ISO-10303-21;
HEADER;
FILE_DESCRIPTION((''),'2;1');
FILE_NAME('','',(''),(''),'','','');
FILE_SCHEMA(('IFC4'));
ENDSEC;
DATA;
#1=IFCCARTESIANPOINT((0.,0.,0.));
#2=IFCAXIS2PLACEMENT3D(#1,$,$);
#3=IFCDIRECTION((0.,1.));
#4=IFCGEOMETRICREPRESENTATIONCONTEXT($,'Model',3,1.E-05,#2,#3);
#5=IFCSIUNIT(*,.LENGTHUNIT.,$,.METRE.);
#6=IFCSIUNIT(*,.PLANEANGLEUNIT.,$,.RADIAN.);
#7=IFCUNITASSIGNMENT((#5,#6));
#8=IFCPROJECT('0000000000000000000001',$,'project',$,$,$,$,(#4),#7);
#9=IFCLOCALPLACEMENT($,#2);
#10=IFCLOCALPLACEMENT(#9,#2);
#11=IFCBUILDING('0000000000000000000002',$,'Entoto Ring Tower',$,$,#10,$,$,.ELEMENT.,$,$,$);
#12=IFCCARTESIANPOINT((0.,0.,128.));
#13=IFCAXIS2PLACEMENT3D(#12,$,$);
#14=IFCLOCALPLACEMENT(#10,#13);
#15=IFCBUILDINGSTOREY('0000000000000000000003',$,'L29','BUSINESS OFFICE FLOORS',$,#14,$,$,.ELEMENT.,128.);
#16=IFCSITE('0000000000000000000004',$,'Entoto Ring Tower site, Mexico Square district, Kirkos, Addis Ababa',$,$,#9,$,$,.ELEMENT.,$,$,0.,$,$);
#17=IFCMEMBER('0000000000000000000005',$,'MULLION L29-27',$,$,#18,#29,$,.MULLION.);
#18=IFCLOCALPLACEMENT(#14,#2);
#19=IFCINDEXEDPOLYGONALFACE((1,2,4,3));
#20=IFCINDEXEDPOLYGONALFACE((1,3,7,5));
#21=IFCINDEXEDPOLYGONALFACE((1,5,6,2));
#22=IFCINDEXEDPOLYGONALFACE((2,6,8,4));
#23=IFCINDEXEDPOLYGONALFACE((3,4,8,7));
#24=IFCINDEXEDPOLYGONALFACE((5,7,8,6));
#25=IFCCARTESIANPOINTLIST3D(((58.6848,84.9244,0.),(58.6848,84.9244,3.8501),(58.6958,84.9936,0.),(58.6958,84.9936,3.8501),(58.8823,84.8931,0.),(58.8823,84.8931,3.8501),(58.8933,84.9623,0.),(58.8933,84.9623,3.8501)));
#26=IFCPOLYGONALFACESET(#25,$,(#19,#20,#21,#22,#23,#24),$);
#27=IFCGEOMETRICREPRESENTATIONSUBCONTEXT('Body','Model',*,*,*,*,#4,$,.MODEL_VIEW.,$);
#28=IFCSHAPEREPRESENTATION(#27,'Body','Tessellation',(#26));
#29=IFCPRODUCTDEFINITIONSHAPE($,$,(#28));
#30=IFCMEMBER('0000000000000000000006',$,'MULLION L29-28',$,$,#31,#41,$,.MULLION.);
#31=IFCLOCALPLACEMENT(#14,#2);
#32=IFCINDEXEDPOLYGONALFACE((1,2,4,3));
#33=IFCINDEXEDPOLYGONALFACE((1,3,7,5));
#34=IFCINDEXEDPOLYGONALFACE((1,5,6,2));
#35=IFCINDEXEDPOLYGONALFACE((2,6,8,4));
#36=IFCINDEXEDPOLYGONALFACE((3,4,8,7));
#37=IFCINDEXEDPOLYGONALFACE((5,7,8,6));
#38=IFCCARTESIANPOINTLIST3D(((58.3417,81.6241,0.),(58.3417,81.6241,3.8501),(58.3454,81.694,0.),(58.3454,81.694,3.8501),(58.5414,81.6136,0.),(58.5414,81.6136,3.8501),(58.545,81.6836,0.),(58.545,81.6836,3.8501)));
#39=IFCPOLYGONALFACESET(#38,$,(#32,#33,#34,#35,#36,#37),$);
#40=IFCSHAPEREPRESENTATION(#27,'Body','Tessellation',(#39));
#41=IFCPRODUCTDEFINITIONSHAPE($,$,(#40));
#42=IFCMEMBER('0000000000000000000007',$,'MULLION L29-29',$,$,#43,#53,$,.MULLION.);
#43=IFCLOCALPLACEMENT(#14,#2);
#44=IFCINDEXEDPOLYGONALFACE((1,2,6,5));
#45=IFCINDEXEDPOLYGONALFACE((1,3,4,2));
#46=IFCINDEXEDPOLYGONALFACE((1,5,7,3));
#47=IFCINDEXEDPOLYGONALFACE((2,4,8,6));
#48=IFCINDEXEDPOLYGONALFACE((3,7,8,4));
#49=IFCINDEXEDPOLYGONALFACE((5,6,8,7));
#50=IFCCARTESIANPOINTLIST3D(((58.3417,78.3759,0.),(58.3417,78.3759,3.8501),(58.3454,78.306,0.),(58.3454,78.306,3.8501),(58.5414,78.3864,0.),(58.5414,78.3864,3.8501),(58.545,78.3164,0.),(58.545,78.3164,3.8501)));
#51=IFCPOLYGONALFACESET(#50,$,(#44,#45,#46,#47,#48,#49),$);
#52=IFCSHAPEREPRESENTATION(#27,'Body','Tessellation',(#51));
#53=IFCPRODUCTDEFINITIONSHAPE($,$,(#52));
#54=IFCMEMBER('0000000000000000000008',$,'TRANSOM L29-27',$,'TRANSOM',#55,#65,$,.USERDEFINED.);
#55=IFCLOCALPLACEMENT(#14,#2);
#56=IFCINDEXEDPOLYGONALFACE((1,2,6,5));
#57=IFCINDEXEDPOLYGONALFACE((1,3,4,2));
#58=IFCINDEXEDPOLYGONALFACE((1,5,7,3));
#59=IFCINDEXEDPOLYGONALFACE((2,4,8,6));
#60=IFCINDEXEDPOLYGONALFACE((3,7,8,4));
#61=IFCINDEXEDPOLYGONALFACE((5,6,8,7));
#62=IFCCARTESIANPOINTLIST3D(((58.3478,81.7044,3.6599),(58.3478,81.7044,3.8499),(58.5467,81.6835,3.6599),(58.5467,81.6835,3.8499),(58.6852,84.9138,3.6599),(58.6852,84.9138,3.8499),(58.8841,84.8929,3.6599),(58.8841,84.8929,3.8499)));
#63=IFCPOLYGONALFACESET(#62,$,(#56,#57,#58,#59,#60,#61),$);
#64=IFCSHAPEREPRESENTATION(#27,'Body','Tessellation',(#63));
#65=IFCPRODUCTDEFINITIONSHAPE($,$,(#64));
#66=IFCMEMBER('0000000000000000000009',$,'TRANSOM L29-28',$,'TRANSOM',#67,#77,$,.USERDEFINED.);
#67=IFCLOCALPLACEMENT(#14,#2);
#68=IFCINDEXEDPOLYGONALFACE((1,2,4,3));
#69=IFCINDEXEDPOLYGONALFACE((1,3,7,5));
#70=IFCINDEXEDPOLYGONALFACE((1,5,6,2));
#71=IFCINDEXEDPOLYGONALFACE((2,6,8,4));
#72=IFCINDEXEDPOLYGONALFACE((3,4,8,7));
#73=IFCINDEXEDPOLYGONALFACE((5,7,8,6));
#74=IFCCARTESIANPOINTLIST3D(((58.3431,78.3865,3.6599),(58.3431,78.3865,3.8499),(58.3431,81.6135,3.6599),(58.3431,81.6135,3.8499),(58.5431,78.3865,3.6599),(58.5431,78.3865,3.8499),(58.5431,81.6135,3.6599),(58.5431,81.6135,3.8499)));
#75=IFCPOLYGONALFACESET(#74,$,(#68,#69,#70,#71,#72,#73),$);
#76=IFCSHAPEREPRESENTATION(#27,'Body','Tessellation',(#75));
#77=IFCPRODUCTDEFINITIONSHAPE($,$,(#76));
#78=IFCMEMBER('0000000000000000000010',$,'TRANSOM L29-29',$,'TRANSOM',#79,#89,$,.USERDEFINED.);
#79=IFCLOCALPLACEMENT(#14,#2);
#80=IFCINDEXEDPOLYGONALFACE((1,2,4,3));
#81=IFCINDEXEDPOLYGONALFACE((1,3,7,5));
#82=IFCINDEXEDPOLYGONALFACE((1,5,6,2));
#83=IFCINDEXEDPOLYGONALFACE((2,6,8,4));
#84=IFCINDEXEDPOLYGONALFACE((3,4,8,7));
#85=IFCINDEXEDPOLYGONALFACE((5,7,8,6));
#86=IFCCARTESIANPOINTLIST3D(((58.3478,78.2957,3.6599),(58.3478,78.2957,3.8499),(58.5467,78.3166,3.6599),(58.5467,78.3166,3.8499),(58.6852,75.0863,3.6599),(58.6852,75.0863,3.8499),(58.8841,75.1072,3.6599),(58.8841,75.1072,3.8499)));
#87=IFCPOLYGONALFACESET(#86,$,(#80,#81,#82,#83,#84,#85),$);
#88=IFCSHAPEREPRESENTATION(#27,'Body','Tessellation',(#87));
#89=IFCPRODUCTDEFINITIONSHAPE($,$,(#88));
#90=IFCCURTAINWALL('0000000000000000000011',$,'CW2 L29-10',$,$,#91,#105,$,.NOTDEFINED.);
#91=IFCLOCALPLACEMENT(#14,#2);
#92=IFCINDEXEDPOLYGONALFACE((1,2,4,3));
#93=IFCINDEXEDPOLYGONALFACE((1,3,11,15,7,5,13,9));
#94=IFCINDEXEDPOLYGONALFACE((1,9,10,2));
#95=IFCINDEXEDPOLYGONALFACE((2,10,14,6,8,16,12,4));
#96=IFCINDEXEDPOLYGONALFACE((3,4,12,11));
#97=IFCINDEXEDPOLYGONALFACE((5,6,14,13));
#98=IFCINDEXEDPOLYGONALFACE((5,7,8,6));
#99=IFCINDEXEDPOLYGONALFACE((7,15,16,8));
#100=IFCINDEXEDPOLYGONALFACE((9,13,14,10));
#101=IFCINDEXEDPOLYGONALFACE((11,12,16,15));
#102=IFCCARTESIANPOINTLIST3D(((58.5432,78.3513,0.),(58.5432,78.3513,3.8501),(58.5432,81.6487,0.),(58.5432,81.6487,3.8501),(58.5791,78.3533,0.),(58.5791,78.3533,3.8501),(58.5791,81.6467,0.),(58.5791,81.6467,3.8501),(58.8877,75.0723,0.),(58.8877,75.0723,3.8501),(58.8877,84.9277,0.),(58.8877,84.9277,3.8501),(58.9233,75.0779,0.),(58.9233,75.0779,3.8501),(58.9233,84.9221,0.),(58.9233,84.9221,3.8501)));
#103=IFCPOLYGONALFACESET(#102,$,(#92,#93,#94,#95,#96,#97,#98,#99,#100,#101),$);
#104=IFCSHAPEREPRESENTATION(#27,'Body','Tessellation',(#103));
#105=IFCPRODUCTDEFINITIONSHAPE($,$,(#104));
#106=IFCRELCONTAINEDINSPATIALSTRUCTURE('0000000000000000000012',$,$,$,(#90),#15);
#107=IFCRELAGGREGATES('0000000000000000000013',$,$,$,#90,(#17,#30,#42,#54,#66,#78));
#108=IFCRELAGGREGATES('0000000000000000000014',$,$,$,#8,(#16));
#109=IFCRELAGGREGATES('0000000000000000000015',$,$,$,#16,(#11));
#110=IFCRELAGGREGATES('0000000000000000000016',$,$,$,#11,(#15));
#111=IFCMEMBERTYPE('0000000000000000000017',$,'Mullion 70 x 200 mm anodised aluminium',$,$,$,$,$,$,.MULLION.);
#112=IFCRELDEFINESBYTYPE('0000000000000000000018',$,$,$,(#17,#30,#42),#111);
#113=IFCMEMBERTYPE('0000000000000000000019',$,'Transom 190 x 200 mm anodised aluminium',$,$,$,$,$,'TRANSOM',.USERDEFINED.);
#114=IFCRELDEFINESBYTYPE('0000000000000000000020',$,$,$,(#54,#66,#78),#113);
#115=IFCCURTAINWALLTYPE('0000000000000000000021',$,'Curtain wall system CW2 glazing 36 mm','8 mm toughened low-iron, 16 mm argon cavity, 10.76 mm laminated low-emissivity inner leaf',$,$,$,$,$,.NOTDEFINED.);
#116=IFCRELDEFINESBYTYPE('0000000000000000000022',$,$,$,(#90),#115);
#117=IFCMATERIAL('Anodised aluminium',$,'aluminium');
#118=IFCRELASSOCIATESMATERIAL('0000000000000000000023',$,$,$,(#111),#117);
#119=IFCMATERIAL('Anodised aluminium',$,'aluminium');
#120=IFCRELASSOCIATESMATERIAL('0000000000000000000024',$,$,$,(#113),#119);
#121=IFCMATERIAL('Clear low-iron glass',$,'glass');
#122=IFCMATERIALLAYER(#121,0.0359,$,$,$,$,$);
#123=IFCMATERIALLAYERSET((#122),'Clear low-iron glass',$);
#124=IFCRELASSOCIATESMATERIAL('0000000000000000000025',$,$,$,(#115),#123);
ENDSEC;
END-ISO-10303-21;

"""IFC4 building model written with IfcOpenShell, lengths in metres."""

from ifc_helpers import new_model, si_unit, direction, frame, origin, origin_2d, place, context, subcontext, project, spatial, polyline, rectangle, outline, extrude, material, layer, layer_set, material_profile, profile_set, type_object, element, aggregate, save


model = new_model("IFC4")

# Units and contexts
model_context = context("Model", 3, precision=1e-05, world=origin(), true_north=direction((0.0, 1.0)))
body_context = subcontext(model_context, "Body", "Model", "MODEL_VIEW")
ifc_project = project(units=[si_unit("LENGTHUNIT", "METRE"), si_unit("PLANEANGLEUNIT", "RADIAN")], contexts=[model_context])

# Members
ifc_material_1 = material(Name="Anodised aluminium", Category="aluminium")
ifc_material_profile_1 = material_profile(ifc_material_1, rectangle(XDim=0.0701, YDim=0.2, at=origin_2d()), Name="Mullion 70 x 200 mm anodised aluminium")
ifc_profile_set_1 = profile_set([ifc_material_profile_1], Name="Anodised aluminium")
member_type_1 = type_object("IfcMemberType", Name="Mullion 70 x 200 mm anodised aluminium", PredefinedType="MULLION", material=ifc_profile_set_1)
site_placement = place(None, origin())
building_placement = place(site_placement, origin())
storey_placement = place(building_placement, frame((0.0, 0.0, 128.0)))
member_1_placement = place(storey_placement, frame((58.7891, 84.9434, 0.0), z_axis=(0.0, 0.0, 1.0), x_axis=(-0.156434, -0.987688, 0.0)))
member_1 = element("IfcMember", 1, at=member_1_placement, type_object=member_type_1, Name="MULLION L29-27", PredefinedType="MULLION", context=body_context, shape_type="SweptSolid", body=[
    extrude(rectangle(XDim=0.0701, YDim=0.2, at=origin_2d()), origin(), (0.0, 0.0, 1.0), 3.8501),
])
member_2_placement = place(storey_placement, frame((58.4434, 81.6538, 0.0), z_axis=(0.0, 0.0, 1.0), x_axis=(-0.052336, -0.99863, 0.0)))
member_2 = element("IfcMember", 2, at=member_2_placement, type_object=member_type_1, Name="MULLION L29-28", PredefinedType="MULLION", context=body_context, shape_type="SweptSolid", body=[
    extrude(rectangle(XDim=0.0701, YDim=0.2, at=origin_2d()), origin(), (0.0, 0.0, 1.0), 3.8501),
])
member_3_placement = place(storey_placement, frame((58.4434, 78.3462, 0.0), z_axis=(0.0, 0.0, 1.0), x_axis=(0.052336, -0.99863, 0.0)))
member_3 = element("IfcMember", 3, at=member_3_placement, type_object=member_type_1, Name="MULLION L29-29", PredefinedType="MULLION", context=body_context, shape_type="SweptSolid", body=[
    extrude(rectangle(XDim=0.0701, YDim=0.2, at=origin_2d()), origin(), (0.0, 0.0, 1.0), 3.8501),
])
ifc_material_2 = material(Name="Anodised aluminium", Category="aluminium")
ifc_material_profile_2 = material_profile(ifc_material_2, rectangle(XDim=0.2, YDim=0.1899, at=origin_2d()), Name="Transom 190 x 200 mm anodised aluminium")
ifc_profile_set_2 = profile_set([ifc_material_profile_2], Name="Anodised aluminium")
member_type_2 = type_object("IfcMemberType", Name="Transom 190 x 200 mm anodised aluminium", ElementType="TRANSOM", PredefinedType="USERDEFINED", material=ifc_profile_set_2)
member_4_placement = place(storey_placement, frame((58.7847, 84.9033, 3.7549), z_axis=(-0.104551, -0.99452, 0.0), x_axis=(0.99452, -0.104551, 0.0)))
member_4 = element("IfcMember", 4, at=member_4_placement, type_object=member_type_2, Name="TRANSOM L29-27", ObjectType="TRANSOM", PredefinedType="USERDEFINED", context=body_context, shape_type="SweptSolid", body=[
    extrude(rectangle(XDim=0.2, YDim=0.1899, at=origin_2d()), origin(), (0.0, 0.0, 1.0), 3.2271),
])
member_5_placement = place(storey_placement, frame((58.4431, 81.6135, 3.7549), z_axis=(0.0, -1.0, 0.0), x_axis=(1.0, 0.0, 0.0)))
member_5 = element("IfcMember", 5, at=member_5_placement, type_object=member_type_2, Name="TRANSOM L29-28", ObjectType="TRANSOM", PredefinedType="USERDEFINED", context=body_context, shape_type="SweptSolid", body=[
    extrude(rectangle(XDim=0.2, YDim=0.1899, at=origin_2d()), origin(), (0.0, 0.0, 1.0), 3.2271),
])
member_6_placement = place(storey_placement, frame((58.4473, 78.3062, 3.7549), z_axis=(0.104551, -0.99452, 0.0), x_axis=(0.99452, 0.104551, 0.0)))
member_6 = element("IfcMember", 6, at=member_6_placement, type_object=member_type_2, Name="TRANSOM L29-29", ObjectType="TRANSOM", PredefinedType="USERDEFINED", context=body_context, shape_type="SweptSolid", body=[
    extrude(rectangle(XDim=0.2, YDim=0.1899, at=origin_2d()), origin(), (0.0, 0.0, 1.0), 3.2271),
])

# Site, building, storey
site = spatial("IfcSite", under=ifc_project, at=site_placement, Name="Entoto Ring Tower site, Mexico Square district, Kirkos, Addis Ababa", CompositionType="ELEMENT", RefElevation=0.0)
building = spatial("IfcBuilding", under=site, at=building_placement, Name="Entoto Ring Tower", CompositionType="ELEMENT")
storey = spatial("IfcBuildingStorey", under=building, at=storey_placement, Name="L29", Description="BUSINESS OFFICE FLOORS", CompositionType="ELEMENT", Elevation=128.0)

# Curtain wall
ifc_material_3 = material(Name="Clear low-iron glass", Category="glass")
ifc_layer = layer(ifc_material_3, 0.0359)
ifc_layer_set = layer_set([ifc_layer], Name="Clear low-iron glass")
curtain_wall_type = type_object("IfcCurtainWallType", Name="Curtain wall system CW2 glazing 36 mm", Description="8 mm toughened low-iron, 16 mm argon cavity, 10.76 mm laminated low-emissivity inner leaf", PredefinedType="NOTDEFINED", material=ifc_layer_set)
curtain_wall_1_placement = place(storey_placement, origin())
curtain_wall_1 = element("IfcCurtainWall", 7, at=curtain_wall_1_placement, inside=storey, type_object=curtain_wall_type, Name="CW2 L29-10", PredefinedType="NOTDEFINED", context=body_context, shape_type="SweptSolid", body=[
    extrude(outline(polyline([(58.8877, 84.9277), (58.5432, 81.6487), (58.5432, 78.3513), (58.8877, 75.0723), (58.9233, 75.0779), (58.5791, 78.3533), (58.5791, 81.6467), (58.9233, 84.9221), (58.8877, 84.9277)])), origin(), (0.0, 0.0, 1.0), 3.8501),
])
aggregate(curtain_wall_1, [member_1, member_2, member_3, member_4, member_5, member_6])

save(model, "model.ifc")
